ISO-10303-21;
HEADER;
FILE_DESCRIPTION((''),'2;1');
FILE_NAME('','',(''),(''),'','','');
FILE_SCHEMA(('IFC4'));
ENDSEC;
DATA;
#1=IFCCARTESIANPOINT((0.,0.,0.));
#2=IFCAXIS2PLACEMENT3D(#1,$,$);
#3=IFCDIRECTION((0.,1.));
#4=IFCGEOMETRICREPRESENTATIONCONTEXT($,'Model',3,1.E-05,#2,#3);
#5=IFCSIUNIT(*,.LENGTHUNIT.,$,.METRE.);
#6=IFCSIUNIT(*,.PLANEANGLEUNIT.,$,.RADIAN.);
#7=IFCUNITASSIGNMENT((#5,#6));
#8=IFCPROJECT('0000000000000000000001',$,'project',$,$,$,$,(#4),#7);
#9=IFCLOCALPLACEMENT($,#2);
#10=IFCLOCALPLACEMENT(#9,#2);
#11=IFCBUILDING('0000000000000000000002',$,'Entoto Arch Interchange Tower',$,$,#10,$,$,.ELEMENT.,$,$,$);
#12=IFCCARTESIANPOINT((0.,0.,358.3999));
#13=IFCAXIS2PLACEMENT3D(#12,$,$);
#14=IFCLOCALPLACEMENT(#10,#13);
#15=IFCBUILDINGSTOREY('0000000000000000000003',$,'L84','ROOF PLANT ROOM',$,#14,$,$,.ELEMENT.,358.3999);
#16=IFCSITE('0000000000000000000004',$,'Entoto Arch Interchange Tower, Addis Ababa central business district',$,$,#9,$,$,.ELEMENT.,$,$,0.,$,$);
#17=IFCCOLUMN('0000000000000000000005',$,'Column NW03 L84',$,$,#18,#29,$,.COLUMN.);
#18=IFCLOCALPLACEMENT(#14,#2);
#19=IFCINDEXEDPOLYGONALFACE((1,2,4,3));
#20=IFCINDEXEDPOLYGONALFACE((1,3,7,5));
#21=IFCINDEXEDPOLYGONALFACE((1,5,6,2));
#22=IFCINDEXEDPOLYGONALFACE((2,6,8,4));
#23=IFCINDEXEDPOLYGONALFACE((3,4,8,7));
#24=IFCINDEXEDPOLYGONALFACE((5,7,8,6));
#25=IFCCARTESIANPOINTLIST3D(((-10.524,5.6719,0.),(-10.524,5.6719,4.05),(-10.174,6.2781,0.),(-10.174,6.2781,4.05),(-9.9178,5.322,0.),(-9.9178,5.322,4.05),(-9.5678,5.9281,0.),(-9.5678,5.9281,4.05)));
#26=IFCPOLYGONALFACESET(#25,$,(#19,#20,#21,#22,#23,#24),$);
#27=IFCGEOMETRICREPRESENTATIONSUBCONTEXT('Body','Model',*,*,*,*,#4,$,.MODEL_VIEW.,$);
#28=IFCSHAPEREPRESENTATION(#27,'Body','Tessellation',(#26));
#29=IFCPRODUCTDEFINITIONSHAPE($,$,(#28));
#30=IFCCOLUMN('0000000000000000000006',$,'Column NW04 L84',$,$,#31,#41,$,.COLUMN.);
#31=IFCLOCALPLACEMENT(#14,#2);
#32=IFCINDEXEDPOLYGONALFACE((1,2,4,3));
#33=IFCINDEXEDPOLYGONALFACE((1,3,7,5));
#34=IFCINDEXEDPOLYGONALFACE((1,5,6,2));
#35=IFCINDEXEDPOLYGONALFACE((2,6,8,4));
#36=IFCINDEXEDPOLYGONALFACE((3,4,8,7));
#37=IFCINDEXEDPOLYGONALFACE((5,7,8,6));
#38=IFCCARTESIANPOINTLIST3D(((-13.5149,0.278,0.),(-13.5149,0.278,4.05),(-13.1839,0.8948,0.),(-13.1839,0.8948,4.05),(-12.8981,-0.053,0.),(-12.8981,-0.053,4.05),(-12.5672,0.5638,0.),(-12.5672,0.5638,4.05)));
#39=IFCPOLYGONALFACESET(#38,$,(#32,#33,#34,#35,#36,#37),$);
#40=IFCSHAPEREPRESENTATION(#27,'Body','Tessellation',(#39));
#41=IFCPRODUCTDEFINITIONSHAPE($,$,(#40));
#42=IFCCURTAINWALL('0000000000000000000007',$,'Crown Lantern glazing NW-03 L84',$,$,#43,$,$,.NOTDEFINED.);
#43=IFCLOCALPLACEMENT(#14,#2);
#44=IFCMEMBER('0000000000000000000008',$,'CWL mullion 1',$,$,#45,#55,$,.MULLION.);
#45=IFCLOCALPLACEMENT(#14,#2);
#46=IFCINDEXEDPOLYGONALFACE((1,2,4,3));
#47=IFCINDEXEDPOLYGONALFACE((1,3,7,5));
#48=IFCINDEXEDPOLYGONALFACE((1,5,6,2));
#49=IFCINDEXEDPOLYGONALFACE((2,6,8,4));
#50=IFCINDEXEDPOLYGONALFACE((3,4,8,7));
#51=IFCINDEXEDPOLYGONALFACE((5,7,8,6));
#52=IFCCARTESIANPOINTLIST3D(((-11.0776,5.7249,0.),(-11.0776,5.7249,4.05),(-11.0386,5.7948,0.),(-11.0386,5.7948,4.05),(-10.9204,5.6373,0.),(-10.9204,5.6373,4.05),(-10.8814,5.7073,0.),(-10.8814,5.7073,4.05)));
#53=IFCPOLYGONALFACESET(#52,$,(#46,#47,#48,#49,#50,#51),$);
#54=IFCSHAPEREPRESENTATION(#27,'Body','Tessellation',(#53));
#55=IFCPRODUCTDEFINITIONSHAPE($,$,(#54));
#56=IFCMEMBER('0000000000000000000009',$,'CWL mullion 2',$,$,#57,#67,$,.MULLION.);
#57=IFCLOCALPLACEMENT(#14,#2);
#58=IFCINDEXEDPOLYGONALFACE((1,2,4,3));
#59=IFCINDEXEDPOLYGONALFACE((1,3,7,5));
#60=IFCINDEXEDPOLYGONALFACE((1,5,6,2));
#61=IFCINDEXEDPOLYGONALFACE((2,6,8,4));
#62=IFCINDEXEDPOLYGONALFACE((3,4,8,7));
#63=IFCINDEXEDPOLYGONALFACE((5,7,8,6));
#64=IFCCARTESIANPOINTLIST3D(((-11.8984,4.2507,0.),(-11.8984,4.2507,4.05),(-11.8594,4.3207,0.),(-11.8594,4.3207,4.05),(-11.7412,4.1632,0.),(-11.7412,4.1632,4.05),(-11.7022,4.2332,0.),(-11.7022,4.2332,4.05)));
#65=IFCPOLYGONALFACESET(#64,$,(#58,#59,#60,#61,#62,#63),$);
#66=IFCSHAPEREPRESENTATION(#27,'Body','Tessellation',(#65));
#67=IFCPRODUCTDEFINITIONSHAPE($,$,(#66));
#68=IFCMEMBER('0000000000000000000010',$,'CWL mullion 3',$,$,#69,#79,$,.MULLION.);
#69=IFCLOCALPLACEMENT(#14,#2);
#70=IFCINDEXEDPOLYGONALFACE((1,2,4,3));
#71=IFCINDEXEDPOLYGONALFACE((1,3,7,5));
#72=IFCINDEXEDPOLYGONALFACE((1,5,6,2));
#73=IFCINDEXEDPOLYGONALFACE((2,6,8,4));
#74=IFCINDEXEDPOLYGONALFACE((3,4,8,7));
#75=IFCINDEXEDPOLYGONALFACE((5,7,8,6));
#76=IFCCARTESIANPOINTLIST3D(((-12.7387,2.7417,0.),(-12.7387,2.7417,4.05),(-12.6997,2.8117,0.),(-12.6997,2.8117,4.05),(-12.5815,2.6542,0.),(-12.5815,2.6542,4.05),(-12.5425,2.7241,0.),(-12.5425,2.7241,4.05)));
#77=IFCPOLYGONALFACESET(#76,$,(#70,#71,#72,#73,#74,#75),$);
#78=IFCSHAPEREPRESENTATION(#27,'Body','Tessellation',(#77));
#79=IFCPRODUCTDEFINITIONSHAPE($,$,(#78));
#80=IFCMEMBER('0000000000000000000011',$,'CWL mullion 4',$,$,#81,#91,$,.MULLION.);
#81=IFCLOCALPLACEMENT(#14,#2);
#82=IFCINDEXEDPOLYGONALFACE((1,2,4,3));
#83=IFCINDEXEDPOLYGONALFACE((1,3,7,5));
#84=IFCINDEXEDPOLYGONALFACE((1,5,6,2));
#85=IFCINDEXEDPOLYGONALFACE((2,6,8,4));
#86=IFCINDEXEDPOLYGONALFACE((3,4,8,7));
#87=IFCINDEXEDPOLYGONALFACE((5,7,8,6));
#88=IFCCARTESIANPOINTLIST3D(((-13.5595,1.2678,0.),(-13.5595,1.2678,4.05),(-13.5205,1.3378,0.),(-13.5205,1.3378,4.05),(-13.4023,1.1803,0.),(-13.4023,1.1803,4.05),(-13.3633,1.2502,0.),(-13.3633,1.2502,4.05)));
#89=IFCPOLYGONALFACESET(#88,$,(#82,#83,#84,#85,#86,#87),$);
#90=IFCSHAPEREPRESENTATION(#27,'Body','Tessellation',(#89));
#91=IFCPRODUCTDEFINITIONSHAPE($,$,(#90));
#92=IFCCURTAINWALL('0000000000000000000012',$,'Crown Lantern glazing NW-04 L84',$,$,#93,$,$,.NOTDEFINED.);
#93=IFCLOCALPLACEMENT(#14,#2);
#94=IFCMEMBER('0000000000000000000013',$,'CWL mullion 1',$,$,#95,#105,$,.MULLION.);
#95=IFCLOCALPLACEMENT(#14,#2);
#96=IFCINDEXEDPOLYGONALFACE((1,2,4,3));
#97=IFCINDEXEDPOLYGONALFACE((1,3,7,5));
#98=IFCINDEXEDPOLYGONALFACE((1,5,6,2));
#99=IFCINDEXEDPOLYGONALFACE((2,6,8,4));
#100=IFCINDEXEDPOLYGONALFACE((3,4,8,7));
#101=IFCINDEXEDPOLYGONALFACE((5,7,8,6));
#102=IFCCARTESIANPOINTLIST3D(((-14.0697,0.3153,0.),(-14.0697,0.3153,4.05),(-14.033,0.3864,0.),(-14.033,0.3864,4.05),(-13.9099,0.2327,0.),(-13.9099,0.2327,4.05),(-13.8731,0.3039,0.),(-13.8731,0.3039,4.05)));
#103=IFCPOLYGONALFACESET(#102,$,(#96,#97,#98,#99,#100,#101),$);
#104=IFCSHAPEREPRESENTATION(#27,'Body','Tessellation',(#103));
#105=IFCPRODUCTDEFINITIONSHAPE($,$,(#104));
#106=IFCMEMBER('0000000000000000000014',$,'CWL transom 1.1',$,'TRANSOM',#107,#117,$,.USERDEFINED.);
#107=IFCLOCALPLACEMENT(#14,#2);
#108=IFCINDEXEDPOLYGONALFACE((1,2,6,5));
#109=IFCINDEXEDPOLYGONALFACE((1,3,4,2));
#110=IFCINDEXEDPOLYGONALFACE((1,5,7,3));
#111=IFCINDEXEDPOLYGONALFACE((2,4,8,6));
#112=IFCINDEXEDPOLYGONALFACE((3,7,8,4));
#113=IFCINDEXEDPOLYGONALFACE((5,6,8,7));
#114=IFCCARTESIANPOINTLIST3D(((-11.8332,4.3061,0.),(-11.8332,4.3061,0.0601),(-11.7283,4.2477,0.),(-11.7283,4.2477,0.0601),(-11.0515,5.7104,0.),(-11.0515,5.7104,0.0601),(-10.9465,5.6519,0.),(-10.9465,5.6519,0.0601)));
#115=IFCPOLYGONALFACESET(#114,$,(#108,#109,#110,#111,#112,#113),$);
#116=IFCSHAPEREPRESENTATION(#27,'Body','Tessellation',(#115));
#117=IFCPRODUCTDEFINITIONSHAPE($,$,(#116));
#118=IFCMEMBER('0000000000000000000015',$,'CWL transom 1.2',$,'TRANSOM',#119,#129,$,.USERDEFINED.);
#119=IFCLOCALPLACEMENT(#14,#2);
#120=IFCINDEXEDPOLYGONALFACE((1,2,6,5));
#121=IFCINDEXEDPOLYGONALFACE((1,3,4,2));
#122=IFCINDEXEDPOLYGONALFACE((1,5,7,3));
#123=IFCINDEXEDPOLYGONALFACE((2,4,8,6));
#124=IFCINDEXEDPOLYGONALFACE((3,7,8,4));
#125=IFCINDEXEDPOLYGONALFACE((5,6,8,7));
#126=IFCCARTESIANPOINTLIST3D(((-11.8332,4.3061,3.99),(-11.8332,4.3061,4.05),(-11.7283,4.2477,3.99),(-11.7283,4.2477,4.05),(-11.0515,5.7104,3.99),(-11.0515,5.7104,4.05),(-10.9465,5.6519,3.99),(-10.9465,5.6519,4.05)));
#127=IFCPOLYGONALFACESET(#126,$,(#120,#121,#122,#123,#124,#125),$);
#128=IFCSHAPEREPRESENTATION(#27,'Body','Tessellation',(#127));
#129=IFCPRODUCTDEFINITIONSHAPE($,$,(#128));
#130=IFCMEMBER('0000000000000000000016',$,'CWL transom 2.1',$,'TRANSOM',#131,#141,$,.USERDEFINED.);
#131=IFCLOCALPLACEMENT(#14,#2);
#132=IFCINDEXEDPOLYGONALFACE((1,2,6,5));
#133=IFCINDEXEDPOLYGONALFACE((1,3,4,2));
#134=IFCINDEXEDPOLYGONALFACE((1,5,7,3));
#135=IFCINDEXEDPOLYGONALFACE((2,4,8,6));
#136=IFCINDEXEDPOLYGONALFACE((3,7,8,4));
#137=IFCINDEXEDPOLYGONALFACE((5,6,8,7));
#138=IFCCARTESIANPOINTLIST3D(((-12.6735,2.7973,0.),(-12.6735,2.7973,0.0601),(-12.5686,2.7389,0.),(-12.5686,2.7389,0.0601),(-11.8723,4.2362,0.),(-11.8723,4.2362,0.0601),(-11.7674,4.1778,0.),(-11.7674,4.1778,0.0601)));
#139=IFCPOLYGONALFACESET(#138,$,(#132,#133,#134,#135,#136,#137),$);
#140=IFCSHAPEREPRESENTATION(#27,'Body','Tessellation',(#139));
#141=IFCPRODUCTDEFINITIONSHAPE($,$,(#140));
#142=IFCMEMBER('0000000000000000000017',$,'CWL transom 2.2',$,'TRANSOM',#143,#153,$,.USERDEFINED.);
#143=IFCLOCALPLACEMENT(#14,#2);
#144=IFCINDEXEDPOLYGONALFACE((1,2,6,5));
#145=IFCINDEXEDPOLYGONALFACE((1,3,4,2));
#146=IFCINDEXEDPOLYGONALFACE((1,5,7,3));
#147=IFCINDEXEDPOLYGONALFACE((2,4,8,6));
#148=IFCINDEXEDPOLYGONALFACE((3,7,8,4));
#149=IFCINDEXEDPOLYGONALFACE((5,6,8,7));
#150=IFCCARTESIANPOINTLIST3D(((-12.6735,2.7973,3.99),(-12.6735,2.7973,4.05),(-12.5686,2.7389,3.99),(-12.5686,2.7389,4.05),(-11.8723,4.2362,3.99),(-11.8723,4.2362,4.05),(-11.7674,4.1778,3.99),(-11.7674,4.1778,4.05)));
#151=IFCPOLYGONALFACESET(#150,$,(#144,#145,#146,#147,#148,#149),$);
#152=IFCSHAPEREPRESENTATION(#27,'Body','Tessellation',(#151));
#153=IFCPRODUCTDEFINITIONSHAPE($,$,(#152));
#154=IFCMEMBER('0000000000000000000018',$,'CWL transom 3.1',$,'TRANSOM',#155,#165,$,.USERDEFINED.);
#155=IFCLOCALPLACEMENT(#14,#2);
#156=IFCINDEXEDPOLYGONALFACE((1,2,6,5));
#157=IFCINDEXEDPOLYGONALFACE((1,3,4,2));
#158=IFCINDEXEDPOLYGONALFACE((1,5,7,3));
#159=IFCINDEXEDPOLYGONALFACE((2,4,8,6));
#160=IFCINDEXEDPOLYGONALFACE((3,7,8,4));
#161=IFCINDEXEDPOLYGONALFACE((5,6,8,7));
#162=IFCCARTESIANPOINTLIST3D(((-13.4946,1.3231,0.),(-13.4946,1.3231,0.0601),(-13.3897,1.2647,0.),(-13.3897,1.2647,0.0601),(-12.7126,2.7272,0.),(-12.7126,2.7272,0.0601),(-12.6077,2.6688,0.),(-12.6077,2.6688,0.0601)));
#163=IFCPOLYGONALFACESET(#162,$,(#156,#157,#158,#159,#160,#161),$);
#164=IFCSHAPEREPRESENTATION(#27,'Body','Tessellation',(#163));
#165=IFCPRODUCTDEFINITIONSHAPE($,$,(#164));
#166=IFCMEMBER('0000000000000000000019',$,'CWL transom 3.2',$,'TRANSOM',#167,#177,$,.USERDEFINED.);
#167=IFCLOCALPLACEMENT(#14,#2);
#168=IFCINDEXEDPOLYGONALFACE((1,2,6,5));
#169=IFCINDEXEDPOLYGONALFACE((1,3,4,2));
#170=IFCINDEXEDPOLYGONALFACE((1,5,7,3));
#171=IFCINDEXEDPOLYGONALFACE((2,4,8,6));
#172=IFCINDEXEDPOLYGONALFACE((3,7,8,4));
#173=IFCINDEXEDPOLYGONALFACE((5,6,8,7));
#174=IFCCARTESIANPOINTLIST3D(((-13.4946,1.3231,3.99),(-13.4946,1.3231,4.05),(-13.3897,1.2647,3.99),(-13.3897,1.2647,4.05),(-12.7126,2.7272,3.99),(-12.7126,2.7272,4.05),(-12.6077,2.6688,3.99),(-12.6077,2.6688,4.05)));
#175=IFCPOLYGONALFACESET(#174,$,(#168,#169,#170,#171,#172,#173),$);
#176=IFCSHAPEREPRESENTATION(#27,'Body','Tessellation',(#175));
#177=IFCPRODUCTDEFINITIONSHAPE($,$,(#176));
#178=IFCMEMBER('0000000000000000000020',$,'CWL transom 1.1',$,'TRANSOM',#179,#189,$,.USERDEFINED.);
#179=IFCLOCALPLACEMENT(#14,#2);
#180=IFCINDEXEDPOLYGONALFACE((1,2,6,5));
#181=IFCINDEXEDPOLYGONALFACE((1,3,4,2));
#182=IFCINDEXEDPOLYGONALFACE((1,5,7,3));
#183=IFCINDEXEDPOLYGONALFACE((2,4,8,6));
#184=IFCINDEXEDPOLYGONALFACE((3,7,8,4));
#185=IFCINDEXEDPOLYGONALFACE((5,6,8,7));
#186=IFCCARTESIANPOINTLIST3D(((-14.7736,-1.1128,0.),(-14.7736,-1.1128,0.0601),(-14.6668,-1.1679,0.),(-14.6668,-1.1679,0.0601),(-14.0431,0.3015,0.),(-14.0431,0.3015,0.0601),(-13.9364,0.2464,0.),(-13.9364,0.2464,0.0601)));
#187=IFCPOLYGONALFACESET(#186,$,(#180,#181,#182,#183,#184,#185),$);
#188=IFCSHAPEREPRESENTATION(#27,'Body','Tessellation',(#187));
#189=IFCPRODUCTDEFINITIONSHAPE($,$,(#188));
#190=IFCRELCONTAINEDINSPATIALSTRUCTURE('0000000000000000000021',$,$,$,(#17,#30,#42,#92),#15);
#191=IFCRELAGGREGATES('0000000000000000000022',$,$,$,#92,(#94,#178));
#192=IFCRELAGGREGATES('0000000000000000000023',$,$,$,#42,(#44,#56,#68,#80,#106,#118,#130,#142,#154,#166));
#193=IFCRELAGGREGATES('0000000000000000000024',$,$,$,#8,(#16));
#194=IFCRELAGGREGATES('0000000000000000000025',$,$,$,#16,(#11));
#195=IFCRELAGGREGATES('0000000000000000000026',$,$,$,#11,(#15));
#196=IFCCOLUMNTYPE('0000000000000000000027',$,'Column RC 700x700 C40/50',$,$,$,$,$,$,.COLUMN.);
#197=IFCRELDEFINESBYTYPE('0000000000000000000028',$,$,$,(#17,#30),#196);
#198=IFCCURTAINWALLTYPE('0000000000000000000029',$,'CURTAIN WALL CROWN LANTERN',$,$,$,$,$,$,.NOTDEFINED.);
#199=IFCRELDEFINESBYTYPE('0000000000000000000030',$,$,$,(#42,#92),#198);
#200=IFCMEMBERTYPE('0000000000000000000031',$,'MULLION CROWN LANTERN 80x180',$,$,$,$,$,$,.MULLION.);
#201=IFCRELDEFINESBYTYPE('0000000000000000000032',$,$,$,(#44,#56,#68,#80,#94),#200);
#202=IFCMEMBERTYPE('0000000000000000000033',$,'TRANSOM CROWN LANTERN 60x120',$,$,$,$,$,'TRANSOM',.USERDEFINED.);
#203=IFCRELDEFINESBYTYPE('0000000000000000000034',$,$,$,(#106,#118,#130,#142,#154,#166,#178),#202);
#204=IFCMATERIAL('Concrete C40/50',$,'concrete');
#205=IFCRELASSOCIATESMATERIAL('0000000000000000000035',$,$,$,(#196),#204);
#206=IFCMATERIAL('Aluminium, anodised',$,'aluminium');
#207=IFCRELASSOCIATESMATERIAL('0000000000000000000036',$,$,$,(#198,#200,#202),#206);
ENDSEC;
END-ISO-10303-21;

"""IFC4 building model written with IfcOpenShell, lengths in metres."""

from ifc_helpers import new_model, si_unit, direction, frame, origin, origin_2d, place, context, subcontext, project, spatial, rectangle, extrude, material, material_profile, profile_set, type_object, element, aggregate, save


model = new_model("IFC4")

# Units and contexts
model_context = context("Model", 3, precision=1e-05, world=origin(), true_north=direction((0.0, 1.0)))
body_context = subcontext(model_context, "Body", "Model", "MODEL_VIEW")
ifc_project = project(units=[si_unit("LENGTHUNIT", "METRE"), si_unit("PLANEANGLEUNIT", "RADIAN")], contexts=[model_context])

# Site, building, storey
site_placement = place(None, origin())
site = spatial("IfcSite", under=ifc_project, at=site_placement, Name="Entoto Arch Interchange Tower, Addis Ababa central business district", CompositionType="ELEMENT", RefElevation=0.0)
building_placement = place(site_placement, origin())
building = spatial("IfcBuilding", under=site, at=building_placement, Name="Entoto Arch Interchange Tower", CompositionType="ELEMENT")
storey_placement = place(building_placement, frame((0.0, 0.0, 358.3999)))
storey = spatial("IfcBuildingStorey", under=building, at=storey_placement, Name="L84", Description="ROOF PLANT ROOM", CompositionType="ELEMENT", Elevation=358.3999)

# Columns
ifc_material_1 = material(Name="Concrete C40/50", Category="concrete")
ifc_material_profile_1 = material_profile(ifc_material_1, rectangle(XDim=0.7, YDim=0.7, at=origin_2d()))
ifc_profile_set_1 = profile_set([ifc_material_profile_1], Name="Concrete C40/50")
column_type = type_object("IfcColumnType", Name="Column RC 700x700 C40/50", PredefinedType="COLUMN", material=ifc_profile_set_1)
for number, where, z_axis, x_axis, name in (
    (1, (-10.0459, 5.8, 0.0), (0.0, 0.0, 1.0), (0.5, 0.866025, 0.0), "Column NW03 L84"),
    (2, (-13.041, 0.4209, 0.0), (0.0, 0.0, 1.0), (0.472828, 0.881155, 0.0), "Column NW04 L84"),
):
    element("IfcColumn", number, at=place(storey_placement, frame(where, z_axis=z_axis, x_axis=x_axis)), inside=storey, type_object=column_type, Name=name, PredefinedType="COLUMN", context=body_context, shape_type="SweptSolid", body=[
        extrude(rectangle(XDim=0.7, YDim=0.7, at=origin_2d()), origin(), (0.0, 0.0, 1.0), 4.05),
    ])

# Curtain wall, members
ifc_material_2 = material(Name="Aluminium, anodised", Category="aluminium")
curtain_wall_type = type_object("IfcCurtainWallType", Name="CURTAIN WALL CROWN LANTERN", PredefinedType="NOTDEFINED", material=ifc_material_2)
curtain_wall_1_placement = place(storey_placement, origin())
curtain_wall_1 = element("IfcCurtainWall", 3, at=curtain_wall_1_placement, inside=storey, type_object=curtain_wall_type, Name="Crown Lantern glazing NW-03 L84", PredefinedType="NOTDEFINED")
ifc_material_profile_2 = material_profile(ifc_material_2, rectangle(XDim=0.1799, YDim=0.0801, at=origin_2d()))
ifc_profile_set_2 = profile_set([ifc_material_profile_2], Name="Aluminium, anodised")
member_type_1 = type_object("IfcMemberType", Name="MULLION CROWN LANTERN 80x180", PredefinedType="MULLION", material=ifc_profile_set_2)
member_1_placement = place(storey_placement, frame((-10.9795, 5.7161, 0.0), z_axis=(0.0, 0.0, 1.0), x_axis=(0.873665, -0.486528, 0.0)))
member_1 = element("IfcMember", 4, at=member_1_placement, type_object=member_type_1, Name="CWL mullion 1", PredefinedType="MULLION", context=body_context, shape_type="SweptSolid", body=[
    extrude(rectangle(XDim=0.1799, YDim=0.0801, at=origin_2d()), origin(), (0.0, 0.0, 1.0), 4.05),
])
member_2_placement = place(storey_placement, frame((-11.8003, 4.2419, 0.0), z_axis=(0.0, 0.0, 1.0), x_axis=(0.873665, -0.486528, 0.0)))
member_2 = element("IfcMember", 5, at=member_2_placement, type_object=member_type_1, Name="CWL mullion 2", PredefinedType="MULLION", context=body_context, shape_type="SweptSolid", body=[
    extrude(rectangle(XDim=0.1799, YDim=0.0801, at=origin_2d()), origin(), (0.0, 0.0, 1.0), 4.05),
])
member_3_placement = place(storey_placement, frame((-12.6406, 2.7329, 0.0), z_axis=(0.0, 0.0, 1.0), x_axis=(0.873665, -0.486528, 0.0)))
member_3 = element("IfcMember", 6, at=member_3_placement, type_object=member_type_1, Name="CWL mullion 3", PredefinedType="MULLION", context=body_context, shape_type="SweptSolid", body=[
    extrude(rectangle(XDim=0.1799, YDim=0.0801, at=origin_2d()), origin(), (0.0, 0.0, 1.0), 4.05),
])
member_4_placement = place(storey_placement, frame((-13.4614, 1.259, 0.0), z_axis=(0.0, 0.0, 1.0), x_axis=(0.873665, -0.486528, 0.0)))
member_4 = element("IfcMember", 7, at=member_4_placement, type_object=member_type_1, Name="CWL mullion 4", PredefinedType="MULLION", context=body_context, shape_type="SweptSolid", body=[
    extrude(rectangle(XDim=0.1799, YDim=0.0801, at=origin_2d()), origin(), (0.0, 0.0, 1.0), 4.05),
])

# Curtain wall, member
curtain_wall_2_placement = place(storey_placement, origin())
curtain_wall_2 = element("IfcCurtainWall", 8, at=curtain_wall_2_placement, inside=storey, type_object=curtain_wall_type, Name="Crown Lantern glazing NW-04 L84", PredefinedType="NOTDEFINED")
member_5_placement = place(storey_placement, frame((-13.9714, 0.3096, 0.0), z_axis=(0.0, 0.0, 1.0), x_axis=(0.88847, -0.458936, 0.0)))
member_5 = element("IfcMember", 9, at=member_5_placement, type_object=member_type_1, Name="CWL mullion 1", PredefinedType="MULLION", context=body_context, shape_type="SweptSolid", body=[
    extrude(rectangle(XDim=0.1799, YDim=0.0801, at=origin_2d()), origin(), (0.0, 0.0, 1.0), 4.05),
])

# Members
ifc_material_profile_3 = material_profile(ifc_material_2, rectangle(XDim=0.1201, YDim=0.0601, at=origin_2d()))
ifc_profile_set_3 = profile_set([ifc_material_profile_3], Name="Aluminium, anodised")
member_type_2 = type_object("IfcMemberType", Name="TRANSOM CROWN LANTERN 60x120", ElementType="TRANSOM", PredefinedType="USERDEFINED", material=ifc_profile_set_3)
member_6_placement = place(storey_placement, frame((-10.999, 5.6812, 0.03), z_axis=(-0.486391, -0.873741, 0.0), x_axis=(0.873741, -0.486391, 0.0)))
member_6 = element("IfcMember", 10, at=member_6_placement, type_object=member_type_2, Name="CWL transom 1.1", ObjectType="TRANSOM", PredefinedType="USERDEFINED", context=body_context, shape_type="SweptSolid", body=[
    extrude(rectangle(XDim=0.1201, YDim=0.0601, at=origin_2d()), origin(), (0.0, 0.0, 1.0), 1.6072),
])
member_7_placement = place(storey_placement, frame((-10.999, 5.6812, 4.02), z_axis=(-0.486391, -0.873741, 0.0), x_axis=(0.873741, -0.486391, 0.0)))
member_7 = element("IfcMember", 11, at=member_7_placement, type_object=member_type_2, Name="CWL transom 1.2", ObjectType="TRANSOM", PredefinedType="USERDEFINED", context=body_context, shape_type="SweptSolid", body=[
    extrude(rectangle(XDim=0.1201, YDim=0.0601, at=origin_2d()), origin(), (0.0, 0.0, 1.0), 1.6072),
])
member_8_placement = place(storey_placement, frame((-11.8198, 4.207, 0.03), z_axis=(-0.486499, -0.873681, 0.0), x_axis=(0.873681, -0.486499, 0.0)))
member_8 = element("IfcMember", 12, at=member_8_placement, type_object=member_type_2, Name="CWL transom 2.1", ObjectType="TRANSOM", PredefinedType="USERDEFINED", context=body_context, shape_type="SweptSolid", body=[
    extrude(rectangle(XDim=0.1201, YDim=0.0601, at=origin_2d()), origin(), (0.0, 0.0, 1.0), 1.647),
])
member_9_placement = place(storey_placement, frame((-11.8198, 4.207, 4.02), z_axis=(-0.486499, -0.873681, 0.0), x_axis=(0.873681, -0.486499, 0.0)))
member_9 = element("IfcMember", 13, at=member_9_placement, type_object=member_type_2, Name="CWL transom 2.2", ObjectType="TRANSOM", PredefinedType="USERDEFINED", context=body_context, shape_type="SweptSolid", body=[
    extrude(rectangle(XDim=0.1201, YDim=0.0601, at=origin_2d()), origin(), (0.0, 0.0, 1.0), 1.647),
])
member_10_placement = place(storey_placement, frame((-12.6602, 2.698, 0.03), z_axis=(-0.486571, -0.873641, 0.0), x_axis=(0.873641, -0.486571, 0.0)))
member_10 = element("IfcMember", 14, at=member_10_placement, type_object=member_type_2, Name="CWL transom 3.1", ObjectType="TRANSOM", PredefinedType="USERDEFINED", context=body_context, shape_type="SweptSolid", body=[
    extrude(rectangle(XDim=0.1201, YDim=0.0601, at=origin_2d()), origin(), (0.0, 0.0, 1.0), 1.6072),
])
member_11_placement = place(storey_placement, frame((-12.6602, 2.698, 4.02), z_axis=(-0.486571, -0.873641, 0.0), x_axis=(0.873641, -0.486571, 0.0)))
member_11 = element("IfcMember", 15, at=member_11_placement, type_object=member_type_2, Name="CWL transom 3.2", ObjectType="TRANSOM", PredefinedType="USERDEFINED", context=body_context, shape_type="SweptSolid", body=[
    extrude(rectangle(XDim=0.1201, YDim=0.0601, at=origin_2d()), origin(), (0.0, 0.0, 1.0), 1.6072),
])
member_12_placement = place(storey_placement, frame((-13.9897, 0.2739, 0.03), z_axis=(-0.458893, -0.888492, 0.0), x_axis=(0.888492, -0.458893, 0.0)))
member_12 = element("IfcMember", 16, at=member_12_placement, type_object=member_type_2, Name="CWL transom 1.1", ObjectType="TRANSOM", PredefinedType="USERDEFINED", context=body_context, shape_type="SweptSolid", body=[
    extrude(rectangle(XDim=0.1201, YDim=0.0601, at=origin_2d()), origin(), (0.0, 0.0, 1.0), 1.5918),
])
aggregate(curtain_wall_2, [member_5, member_12])

aggregate(curtain_wall_1, [member_1, member_2, member_3, member_4, member_6, member_7, member_8, member_9, member_10, member_11])

save(model, "model.ifc")
